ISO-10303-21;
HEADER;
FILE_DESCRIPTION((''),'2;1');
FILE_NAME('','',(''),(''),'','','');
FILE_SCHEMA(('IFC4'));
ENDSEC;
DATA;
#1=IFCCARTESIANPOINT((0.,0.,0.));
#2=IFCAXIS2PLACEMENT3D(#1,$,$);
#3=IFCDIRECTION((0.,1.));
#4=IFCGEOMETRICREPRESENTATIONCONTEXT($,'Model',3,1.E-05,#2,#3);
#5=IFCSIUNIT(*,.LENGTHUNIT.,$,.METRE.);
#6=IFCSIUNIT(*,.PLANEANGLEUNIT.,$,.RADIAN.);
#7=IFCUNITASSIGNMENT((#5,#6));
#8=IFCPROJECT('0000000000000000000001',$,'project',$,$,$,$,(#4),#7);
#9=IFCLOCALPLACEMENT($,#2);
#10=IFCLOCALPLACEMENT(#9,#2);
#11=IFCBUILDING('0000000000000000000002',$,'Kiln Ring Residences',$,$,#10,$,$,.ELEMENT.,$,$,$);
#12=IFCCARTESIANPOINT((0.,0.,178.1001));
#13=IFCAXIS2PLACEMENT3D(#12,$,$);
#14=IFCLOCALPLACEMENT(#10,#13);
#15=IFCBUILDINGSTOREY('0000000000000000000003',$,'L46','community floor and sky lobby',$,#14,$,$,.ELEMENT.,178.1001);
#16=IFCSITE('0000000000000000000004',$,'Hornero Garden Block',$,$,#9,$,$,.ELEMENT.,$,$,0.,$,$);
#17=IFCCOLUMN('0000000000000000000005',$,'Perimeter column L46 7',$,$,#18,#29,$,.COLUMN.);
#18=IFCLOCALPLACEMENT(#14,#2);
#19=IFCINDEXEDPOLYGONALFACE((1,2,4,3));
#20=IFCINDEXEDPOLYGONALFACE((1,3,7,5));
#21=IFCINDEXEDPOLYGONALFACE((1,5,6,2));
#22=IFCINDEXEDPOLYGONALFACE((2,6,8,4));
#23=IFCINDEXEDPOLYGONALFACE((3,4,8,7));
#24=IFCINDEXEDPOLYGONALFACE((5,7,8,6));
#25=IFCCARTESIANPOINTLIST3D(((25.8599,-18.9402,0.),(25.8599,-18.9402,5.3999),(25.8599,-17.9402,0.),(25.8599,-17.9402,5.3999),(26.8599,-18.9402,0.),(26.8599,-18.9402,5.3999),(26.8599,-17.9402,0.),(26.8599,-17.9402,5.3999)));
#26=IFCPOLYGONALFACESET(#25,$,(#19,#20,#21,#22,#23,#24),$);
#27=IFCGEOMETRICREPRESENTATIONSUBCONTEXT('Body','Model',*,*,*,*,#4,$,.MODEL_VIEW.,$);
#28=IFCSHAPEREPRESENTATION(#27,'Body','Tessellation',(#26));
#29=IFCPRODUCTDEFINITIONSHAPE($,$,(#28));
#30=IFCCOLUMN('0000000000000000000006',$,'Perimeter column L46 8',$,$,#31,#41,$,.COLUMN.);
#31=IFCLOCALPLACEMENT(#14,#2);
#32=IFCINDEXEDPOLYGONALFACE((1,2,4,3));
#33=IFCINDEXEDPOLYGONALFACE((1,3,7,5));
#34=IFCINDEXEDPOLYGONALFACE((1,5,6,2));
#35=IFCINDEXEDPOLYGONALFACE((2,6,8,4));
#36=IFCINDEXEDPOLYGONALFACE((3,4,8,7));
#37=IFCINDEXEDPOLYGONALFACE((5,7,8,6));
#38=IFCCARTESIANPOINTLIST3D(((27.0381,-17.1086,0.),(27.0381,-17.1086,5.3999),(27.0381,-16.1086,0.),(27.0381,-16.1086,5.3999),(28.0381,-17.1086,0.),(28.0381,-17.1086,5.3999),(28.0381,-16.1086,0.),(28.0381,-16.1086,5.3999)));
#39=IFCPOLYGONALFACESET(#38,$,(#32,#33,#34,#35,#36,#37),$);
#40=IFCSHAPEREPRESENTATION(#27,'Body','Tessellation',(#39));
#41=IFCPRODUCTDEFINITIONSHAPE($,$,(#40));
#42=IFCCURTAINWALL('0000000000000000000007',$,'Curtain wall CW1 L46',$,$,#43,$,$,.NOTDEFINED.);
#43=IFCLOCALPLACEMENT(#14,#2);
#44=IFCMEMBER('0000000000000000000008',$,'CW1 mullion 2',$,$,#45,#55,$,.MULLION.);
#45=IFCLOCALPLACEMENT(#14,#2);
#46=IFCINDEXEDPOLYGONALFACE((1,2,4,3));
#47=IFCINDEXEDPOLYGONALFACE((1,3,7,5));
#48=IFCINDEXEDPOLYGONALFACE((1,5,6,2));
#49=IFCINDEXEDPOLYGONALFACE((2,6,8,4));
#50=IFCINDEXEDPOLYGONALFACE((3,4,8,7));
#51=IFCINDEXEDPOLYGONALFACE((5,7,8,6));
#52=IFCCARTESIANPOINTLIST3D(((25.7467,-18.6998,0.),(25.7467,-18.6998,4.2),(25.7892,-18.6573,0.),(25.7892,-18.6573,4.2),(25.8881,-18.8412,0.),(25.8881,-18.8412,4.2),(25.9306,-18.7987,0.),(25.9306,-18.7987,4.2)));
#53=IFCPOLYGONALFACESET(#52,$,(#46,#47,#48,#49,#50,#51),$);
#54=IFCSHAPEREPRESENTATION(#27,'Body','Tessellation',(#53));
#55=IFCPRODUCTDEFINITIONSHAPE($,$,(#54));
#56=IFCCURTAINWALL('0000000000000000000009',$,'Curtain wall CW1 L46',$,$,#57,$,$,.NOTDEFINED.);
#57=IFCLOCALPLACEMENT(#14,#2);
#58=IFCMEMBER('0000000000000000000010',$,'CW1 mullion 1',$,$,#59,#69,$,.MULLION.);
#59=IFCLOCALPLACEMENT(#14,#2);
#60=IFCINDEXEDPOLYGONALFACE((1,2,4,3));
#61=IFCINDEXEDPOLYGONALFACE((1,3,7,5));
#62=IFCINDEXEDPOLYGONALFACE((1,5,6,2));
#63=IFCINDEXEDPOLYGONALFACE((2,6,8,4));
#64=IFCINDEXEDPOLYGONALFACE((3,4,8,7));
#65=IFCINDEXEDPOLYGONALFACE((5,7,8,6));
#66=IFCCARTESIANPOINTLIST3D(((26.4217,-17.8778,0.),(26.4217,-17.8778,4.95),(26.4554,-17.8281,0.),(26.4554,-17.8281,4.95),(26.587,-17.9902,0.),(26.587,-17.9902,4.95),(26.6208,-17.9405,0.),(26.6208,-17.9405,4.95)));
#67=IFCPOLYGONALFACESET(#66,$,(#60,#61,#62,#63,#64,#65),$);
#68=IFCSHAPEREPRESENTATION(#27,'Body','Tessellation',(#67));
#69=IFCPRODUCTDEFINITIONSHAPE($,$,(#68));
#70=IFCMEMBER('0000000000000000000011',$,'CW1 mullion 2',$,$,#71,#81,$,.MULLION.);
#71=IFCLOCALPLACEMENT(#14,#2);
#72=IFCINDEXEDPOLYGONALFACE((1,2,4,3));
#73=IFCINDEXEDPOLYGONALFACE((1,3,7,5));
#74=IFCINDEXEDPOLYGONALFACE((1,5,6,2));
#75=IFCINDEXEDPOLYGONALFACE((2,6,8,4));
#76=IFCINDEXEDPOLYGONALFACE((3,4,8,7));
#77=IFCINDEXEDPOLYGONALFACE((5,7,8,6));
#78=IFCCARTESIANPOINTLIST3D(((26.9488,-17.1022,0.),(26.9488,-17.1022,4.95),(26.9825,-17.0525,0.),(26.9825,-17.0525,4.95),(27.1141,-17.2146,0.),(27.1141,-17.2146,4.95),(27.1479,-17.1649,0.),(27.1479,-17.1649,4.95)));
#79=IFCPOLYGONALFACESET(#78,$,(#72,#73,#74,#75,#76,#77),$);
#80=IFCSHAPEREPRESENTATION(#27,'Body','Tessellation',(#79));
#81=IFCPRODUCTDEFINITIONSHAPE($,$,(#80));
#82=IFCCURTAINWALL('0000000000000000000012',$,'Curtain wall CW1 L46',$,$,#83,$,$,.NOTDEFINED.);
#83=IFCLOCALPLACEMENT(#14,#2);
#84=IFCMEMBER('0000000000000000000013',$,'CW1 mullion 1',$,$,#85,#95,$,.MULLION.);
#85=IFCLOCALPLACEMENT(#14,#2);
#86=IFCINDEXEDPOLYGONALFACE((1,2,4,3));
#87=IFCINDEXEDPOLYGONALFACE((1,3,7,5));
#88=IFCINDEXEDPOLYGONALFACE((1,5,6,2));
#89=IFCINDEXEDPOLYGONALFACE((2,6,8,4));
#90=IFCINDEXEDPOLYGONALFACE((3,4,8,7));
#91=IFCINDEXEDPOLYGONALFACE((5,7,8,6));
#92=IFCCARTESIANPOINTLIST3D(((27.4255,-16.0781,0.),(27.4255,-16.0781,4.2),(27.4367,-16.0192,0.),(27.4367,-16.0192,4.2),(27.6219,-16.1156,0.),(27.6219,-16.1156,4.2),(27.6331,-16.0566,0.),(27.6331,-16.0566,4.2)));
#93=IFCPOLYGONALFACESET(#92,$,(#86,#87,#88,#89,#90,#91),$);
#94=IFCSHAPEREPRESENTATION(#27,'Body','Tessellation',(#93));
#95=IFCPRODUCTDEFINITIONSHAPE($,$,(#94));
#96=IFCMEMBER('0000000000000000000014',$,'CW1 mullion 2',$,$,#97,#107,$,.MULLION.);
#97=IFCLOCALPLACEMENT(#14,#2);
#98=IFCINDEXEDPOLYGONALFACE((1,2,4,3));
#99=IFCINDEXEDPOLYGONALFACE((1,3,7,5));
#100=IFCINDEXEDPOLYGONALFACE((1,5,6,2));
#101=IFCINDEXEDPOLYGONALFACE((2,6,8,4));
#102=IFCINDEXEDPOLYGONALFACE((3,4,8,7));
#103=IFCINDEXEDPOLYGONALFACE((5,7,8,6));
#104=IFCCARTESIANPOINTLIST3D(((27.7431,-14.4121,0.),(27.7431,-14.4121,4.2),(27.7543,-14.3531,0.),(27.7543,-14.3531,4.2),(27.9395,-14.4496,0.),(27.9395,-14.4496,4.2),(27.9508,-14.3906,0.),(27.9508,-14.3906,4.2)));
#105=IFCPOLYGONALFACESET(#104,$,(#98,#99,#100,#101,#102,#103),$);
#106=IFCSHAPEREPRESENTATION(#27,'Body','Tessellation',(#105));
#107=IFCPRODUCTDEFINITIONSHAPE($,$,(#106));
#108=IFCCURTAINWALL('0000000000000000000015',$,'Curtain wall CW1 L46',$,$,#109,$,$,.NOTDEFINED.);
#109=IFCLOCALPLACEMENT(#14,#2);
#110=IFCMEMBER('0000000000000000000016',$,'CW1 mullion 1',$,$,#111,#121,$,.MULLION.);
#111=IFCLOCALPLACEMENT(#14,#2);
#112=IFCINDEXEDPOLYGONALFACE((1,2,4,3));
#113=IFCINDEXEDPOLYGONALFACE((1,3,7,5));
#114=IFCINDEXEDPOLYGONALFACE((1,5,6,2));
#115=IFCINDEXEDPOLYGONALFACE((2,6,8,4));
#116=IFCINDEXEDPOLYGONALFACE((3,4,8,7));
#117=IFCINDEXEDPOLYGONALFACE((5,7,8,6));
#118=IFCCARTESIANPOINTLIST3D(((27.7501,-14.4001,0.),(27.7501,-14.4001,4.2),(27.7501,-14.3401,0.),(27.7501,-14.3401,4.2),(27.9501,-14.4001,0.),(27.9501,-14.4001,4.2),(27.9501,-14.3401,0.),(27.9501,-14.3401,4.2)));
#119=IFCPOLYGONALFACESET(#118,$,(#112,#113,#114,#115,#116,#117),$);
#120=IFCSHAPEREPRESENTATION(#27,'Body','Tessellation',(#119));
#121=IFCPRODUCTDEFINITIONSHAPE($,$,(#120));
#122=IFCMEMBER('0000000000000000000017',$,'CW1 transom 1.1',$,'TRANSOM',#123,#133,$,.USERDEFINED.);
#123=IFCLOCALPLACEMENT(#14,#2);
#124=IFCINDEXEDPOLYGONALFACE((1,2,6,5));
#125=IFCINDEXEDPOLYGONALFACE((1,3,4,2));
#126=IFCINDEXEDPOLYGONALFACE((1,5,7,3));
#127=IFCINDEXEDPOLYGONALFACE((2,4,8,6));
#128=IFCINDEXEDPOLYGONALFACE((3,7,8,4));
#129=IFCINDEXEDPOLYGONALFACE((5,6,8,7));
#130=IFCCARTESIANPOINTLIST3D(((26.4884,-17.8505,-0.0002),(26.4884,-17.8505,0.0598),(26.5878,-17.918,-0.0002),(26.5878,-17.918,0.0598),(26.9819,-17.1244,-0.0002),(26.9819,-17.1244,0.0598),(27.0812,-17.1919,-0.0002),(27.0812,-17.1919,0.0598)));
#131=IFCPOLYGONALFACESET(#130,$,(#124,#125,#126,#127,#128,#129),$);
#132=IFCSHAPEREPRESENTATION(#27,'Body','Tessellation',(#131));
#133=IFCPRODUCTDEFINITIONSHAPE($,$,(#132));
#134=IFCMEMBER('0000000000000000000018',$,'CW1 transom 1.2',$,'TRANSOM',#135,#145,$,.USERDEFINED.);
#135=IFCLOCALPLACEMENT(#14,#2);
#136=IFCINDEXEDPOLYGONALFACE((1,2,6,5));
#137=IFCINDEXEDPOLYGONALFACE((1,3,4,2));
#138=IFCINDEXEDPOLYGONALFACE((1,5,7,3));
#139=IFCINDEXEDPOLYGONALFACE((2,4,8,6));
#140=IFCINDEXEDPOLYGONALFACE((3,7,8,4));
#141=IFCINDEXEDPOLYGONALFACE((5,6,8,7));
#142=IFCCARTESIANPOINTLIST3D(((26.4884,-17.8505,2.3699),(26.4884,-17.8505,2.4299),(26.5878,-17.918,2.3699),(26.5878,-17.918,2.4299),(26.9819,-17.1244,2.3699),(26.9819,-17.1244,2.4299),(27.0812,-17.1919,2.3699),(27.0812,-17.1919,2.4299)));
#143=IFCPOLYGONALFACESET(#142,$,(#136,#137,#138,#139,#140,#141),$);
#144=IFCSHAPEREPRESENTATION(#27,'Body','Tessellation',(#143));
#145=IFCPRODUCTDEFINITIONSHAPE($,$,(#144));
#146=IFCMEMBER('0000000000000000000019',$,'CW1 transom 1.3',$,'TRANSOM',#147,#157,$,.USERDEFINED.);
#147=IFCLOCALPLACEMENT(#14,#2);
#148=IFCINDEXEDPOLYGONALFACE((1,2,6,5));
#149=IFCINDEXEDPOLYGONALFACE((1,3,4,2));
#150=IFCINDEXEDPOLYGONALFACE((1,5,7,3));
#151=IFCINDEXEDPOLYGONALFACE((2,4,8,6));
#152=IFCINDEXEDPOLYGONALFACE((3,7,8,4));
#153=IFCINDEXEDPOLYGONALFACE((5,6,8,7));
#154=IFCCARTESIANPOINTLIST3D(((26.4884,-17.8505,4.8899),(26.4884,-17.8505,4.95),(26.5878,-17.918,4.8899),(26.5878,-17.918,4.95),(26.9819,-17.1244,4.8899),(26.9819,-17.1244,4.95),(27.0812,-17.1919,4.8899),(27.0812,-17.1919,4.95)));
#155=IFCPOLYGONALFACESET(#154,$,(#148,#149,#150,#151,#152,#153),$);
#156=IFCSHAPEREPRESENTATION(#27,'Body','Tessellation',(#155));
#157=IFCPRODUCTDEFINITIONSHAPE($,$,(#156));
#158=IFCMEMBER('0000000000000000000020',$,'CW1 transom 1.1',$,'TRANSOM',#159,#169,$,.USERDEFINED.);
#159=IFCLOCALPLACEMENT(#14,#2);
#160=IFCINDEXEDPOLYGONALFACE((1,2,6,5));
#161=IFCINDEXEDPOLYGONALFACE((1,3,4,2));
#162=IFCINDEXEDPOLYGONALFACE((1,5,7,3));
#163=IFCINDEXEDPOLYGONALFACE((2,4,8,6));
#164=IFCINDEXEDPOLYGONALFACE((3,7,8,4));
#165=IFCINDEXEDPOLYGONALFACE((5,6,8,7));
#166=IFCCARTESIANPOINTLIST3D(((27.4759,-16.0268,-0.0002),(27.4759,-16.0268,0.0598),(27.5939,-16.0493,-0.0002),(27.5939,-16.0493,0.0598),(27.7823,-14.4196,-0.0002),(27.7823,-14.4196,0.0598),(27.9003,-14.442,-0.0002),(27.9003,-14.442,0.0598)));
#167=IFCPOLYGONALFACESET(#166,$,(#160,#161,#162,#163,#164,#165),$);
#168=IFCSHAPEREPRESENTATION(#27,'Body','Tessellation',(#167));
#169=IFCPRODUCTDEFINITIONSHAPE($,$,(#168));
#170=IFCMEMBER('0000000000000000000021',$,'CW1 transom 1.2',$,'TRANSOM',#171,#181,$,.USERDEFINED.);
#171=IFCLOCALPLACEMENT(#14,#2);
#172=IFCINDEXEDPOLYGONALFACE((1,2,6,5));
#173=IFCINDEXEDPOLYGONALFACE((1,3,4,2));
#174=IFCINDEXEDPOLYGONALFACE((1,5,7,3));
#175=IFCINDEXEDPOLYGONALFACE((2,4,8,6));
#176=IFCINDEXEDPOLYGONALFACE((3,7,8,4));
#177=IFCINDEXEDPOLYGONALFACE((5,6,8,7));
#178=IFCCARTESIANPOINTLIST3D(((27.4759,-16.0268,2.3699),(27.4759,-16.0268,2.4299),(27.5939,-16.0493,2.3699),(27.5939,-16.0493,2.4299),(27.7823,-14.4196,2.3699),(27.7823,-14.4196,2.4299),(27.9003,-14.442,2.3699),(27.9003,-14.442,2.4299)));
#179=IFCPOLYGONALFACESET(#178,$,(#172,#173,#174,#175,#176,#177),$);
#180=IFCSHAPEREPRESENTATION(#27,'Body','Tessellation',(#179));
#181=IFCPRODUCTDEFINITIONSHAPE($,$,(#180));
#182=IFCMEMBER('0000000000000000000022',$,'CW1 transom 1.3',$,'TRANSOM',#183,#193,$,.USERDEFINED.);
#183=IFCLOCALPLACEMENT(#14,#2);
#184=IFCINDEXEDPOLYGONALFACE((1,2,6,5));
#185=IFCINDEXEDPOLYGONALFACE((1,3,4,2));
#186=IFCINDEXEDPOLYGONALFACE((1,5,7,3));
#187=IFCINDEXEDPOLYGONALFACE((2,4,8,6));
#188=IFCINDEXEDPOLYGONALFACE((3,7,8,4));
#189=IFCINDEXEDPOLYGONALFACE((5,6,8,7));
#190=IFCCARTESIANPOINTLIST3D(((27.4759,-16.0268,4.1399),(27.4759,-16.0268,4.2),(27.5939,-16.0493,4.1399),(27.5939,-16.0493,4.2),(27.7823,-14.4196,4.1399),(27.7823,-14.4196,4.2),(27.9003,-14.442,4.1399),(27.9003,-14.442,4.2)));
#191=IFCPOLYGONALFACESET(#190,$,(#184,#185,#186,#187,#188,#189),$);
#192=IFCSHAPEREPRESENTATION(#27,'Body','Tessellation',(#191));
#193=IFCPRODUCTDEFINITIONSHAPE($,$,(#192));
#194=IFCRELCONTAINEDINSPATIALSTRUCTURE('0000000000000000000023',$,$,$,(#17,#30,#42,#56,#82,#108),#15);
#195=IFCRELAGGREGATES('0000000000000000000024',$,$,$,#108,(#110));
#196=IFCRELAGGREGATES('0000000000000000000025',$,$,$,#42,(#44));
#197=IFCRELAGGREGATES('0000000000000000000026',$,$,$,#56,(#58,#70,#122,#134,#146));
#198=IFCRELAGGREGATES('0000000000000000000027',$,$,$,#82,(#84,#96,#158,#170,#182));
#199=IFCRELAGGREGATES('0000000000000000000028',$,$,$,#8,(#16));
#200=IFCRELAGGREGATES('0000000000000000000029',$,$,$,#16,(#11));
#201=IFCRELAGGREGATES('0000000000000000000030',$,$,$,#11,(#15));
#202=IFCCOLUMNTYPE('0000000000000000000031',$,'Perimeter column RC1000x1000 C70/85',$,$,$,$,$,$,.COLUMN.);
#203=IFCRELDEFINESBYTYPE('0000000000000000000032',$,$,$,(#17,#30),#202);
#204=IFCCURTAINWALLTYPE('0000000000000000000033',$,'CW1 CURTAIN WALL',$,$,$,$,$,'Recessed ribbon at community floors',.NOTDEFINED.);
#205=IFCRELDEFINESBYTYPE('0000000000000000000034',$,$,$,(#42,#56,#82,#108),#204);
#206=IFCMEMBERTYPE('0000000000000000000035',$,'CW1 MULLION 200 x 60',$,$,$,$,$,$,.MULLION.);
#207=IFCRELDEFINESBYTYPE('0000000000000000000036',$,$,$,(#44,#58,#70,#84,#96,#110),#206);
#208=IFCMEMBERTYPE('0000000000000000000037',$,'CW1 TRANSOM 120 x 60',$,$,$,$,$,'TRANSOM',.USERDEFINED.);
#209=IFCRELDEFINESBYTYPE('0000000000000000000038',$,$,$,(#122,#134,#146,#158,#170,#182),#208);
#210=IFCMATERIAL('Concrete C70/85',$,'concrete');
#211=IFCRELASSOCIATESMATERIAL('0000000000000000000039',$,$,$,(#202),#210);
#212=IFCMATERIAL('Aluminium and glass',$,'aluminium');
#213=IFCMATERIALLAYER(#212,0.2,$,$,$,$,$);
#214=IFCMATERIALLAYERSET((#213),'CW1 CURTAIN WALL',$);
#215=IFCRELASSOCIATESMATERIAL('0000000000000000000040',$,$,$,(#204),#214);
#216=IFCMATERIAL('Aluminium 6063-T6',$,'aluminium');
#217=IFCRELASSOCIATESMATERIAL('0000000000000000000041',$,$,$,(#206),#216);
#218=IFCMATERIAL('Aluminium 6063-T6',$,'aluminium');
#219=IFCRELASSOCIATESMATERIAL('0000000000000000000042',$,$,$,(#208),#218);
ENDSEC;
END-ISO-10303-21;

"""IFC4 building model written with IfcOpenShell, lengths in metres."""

from ifc_helpers import new_model, si_unit, direction, frame, origin, origin_2d, place, context, subcontext, project, spatial, rectangle, extrude, material, layer, layer_set, material_profile, profile_set, type_object, element, aggregate, save


model = new_model("IFC4")

# Units and contexts
model_context = context("Model", 3, precision=1e-05, world=origin(), true_north=direction((0.0, 1.0)))
body_context = subcontext(model_context, "Body", "Model", "MODEL_VIEW")
ifc_project = project(units=[si_unit("LENGTHUNIT", "METRE"), si_unit("PLANEANGLEUNIT", "RADIAN")], contexts=[model_context])

# Site, building, storey
site_placement = place(None, origin())
site = spatial("IfcSite", under=ifc_project, at=site_placement, Name="Hornero Garden Block", CompositionType="ELEMENT", RefElevation=0.0)
building_placement = place(site_placement, origin())
building = spatial("IfcBuilding", under=site, at=building_placement, Name="Kiln Ring Residences", CompositionType="ELEMENT")
storey_placement = place(building_placement, frame((0.0, 0.0, 178.1001)))
storey = spatial("IfcBuildingStorey", under=building, at=storey_placement, Name="L46", Description="community floor and sky lobby", CompositionType="ELEMENT", Elevation=178.1001)

# Columns
ifc_material_1 = material(Name="Concrete C70/85", Category="concrete")
ifc_material_profile_1 = material_profile(ifc_material_1, rectangle(XDim=1.0, YDim=1.0, at=origin_2d()), Name="RC1000x1000")
ifc_profile_set_1 = profile_set([ifc_material_profile_1], Name="Concrete C70/85")
column_type = type_object("IfcColumnType", Name="Perimeter column RC1000x1000 C70/85", PredefinedType="COLUMN", material=ifc_profile_set_1)
for number, where, z_axis, x_axis, name in (
    (1, (26.3599, -18.4402, 0.0), (0.0, 0.0, 1.0), (1.0, 0.0, 0.0), "Perimeter column L46 7"),
    (2, (27.5381, -16.6086, 0.0), (0.0, 0.0, 1.0), (1.0, 0.0, 0.0), "Perimeter column L46 8"),
):
    element("IfcColumn", number, at=place(storey_placement, frame(where, z_axis=z_axis, x_axis=x_axis)), inside=storey, type_object=column_type, Name=name, PredefinedType="COLUMN", context=body_context, shape_type="SweptSolid", body=[
        extrude(rectangle(XDim=1.0, YDim=1.0, at=origin_2d()), origin(), (0.0, 0.0, 1.0), 5.3999),
    ])

# Curtain wall, member
ifc_material_2 = material(Name="Aluminium and glass", Category="aluminium")
ifc_layer_1 = layer(ifc_material_2, 0.2)
ifc_layer_set_1 = layer_set([ifc_layer_1], Name="CW1 CURTAIN WALL")
curtain_wall_type = type_object("IfcCurtainWallType", Name="CW1 CURTAIN WALL", ElementType="Recessed ribbon at community floors", PredefinedType="NOTDEFINED", material=ifc_layer_set_1)
placement = place(storey_placement, origin())
curtain_wall_1 = element("IfcCurtainWall", 3, at=placement, inside=storey, type_object=curtain_wall_type, Name="Curtain wall CW1 L46", PredefinedType="NOTDEFINED")
ifc_material_3 = material(Name="Aluminium 6063-T6", Category="aluminium")
ifc_material_profile_2 = material_profile(ifc_material_3, rectangle(XDim=0.2, YDim=0.0601, at=origin_2d()), Name="AL 200x60")
ifc_profile_set_2 = profile_set([ifc_material_profile_2], Name="Aluminium 6063-T6")
member_type_1 = type_object("IfcMemberType", Name="CW1 MULLION 200 x 60", PredefinedType="MULLION", material=ifc_profile_set_2)
member_1_placement = place(storey_placement, frame((25.8386, -18.7493, 0.0), z_axis=(0.0, 0.0, 1.0), x_axis=(-0.707107, 0.707107, 0.0)))
member_1 = element("IfcMember", 4, at=member_1_placement, type_object=member_type_1, Name="CW1 mullion 2", PredefinedType="MULLION", context=body_context, shape_type="SweptSolid", body=[
    extrude(rectangle(XDim=0.2, YDim=0.0601, at=origin_2d()), origin(), (0.0, 0.0, 1.0), 4.2),
])

# Curtain walls, members
curtain_wall_2 = element("IfcCurtainWall", 5, at=placement, inside=storey, type_object=curtain_wall_type, Name="Curtain wall CW1 L46", PredefinedType="NOTDEFINED")
member_2_placement = place(storey_placement, frame((26.5212, -17.9092, 0.0), z_axis=(0.0, 0.0, 1.0), x_axis=(-0.827072, 0.562097, 0.0)))
member_2 = element("IfcMember", 6, at=member_2_placement, type_object=member_type_1, Name="CW1 mullion 1", PredefinedType="MULLION", context=body_context, shape_type="SweptSolid", body=[
    extrude(rectangle(XDim=0.2, YDim=0.0601, at=origin_2d()), origin(), (0.0, 0.0, 1.0), 4.95),
])
member_3_placement = place(storey_placement, frame((27.0483, -17.1335, 0.0), z_axis=(0.0, 0.0, 1.0), x_axis=(-0.827072, 0.562097, 0.0)))
member_3 = element("IfcMember", 7, at=member_3_placement, type_object=member_type_1, Name="CW1 mullion 2", PredefinedType="MULLION", context=body_context, shape_type="SweptSolid", body=[
    extrude(rectangle(XDim=0.2, YDim=0.0601, at=origin_2d()), origin(), (0.0, 0.0, 1.0), 4.95),
])
curtain_wall_3 = element("IfcCurtainWall", 8, at=placement, inside=storey, type_object=curtain_wall_type, Name="Curtain wall CW1 L46", PredefinedType="NOTDEFINED")
member_4_placement = place(storey_placement, frame((27.5293, -16.0674, 0.0), z_axis=(0.0, 0.0, 1.0), x_axis=(-0.98229, 0.187366, 0.0)))
member_4 = element("IfcMember", 9, at=member_4_placement, type_object=member_type_1, Name="CW1 mullion 1", PredefinedType="MULLION", context=body_context, shape_type="SweptSolid", body=[
    extrude(rectangle(XDim=0.2, YDim=0.0601, at=origin_2d()), origin(), (0.0, 0.0, 1.0), 4.2),
])
member_5_placement = place(storey_placement, frame((27.8469, -14.4014, 0.0), z_axis=(0.0, 0.0, 1.0), x_axis=(-0.98229, 0.187366, 0.0)))
member_5 = element("IfcMember", 10, at=member_5_placement, type_object=member_type_1, Name="CW1 mullion 2", PredefinedType="MULLION", context=body_context, shape_type="SweptSolid", body=[
    extrude(rectangle(XDim=0.2, YDim=0.0601, at=origin_2d()), origin(), (0.0, 0.0, 1.0), 4.2),
])

# Curtain wall, member
curtain_wall_4 = element("IfcCurtainWall", 11, at=placement, inside=storey, type_object=curtain_wall_type, Name="Curtain wall CW1 L46", PredefinedType="NOTDEFINED")
member_6_placement = place(storey_placement, frame((27.8501, -14.3701, 0.0), z_axis=(0.0, 0.0, 1.0), x_axis=(-1.0, 0.0, 0.0)))
member_6 = element("IfcMember", 12, at=member_6_placement, type_object=member_type_1, Name="CW1 mullion 1", PredefinedType="MULLION", context=body_context, shape_type="SweptSolid", body=[
    extrude(rectangle(XDim=0.2, YDim=0.0601, at=origin_2d()), origin(), (0.0, 0.0, 1.0), 4.2),
])

# Members
ifc_material_4 = material(Name="Aluminium 6063-T6", Category="aluminium")
ifc_material_profile_3 = material_profile(ifc_material_4, rectangle(XDim=0.1201, YDim=0.0601, at=origin_2d()), Name="AL 120x60")
ifc_profile_set_3 = profile_set([ifc_material_profile_3], Name="Aluminium 6063-T6")
member_type_2 = type_object("IfcMemberType", Name="CW1 TRANSOM 120 x 60", ElementType="TRANSOM", PredefinedType="USERDEFINED", material=ifc_profile_set_3)
member_7_placement = place(storey_placement, frame((26.5381, -17.8843, 0.0298), z_axis=(0.562059, 0.827097, 0.0), x_axis=(-0.827097, 0.562059, 0.0)))
member_7 = element("IfcMember", 13, at=member_7_placement, type_object=member_type_2, Name="CW1 transom 1.1", ObjectType="TRANSOM", PredefinedType="USERDEFINED", context=body_context, shape_type="SweptSolid", body=[
    extrude(rectangle(XDim=0.1201, YDim=0.0601, at=origin_2d()), origin(), (0.0, 0.0, 1.0), 0.8779),
])
member_8_placement = place(storey_placement, frame((26.5381, -17.8843, 2.3999), z_axis=(0.562059, 0.827097, 0.0), x_axis=(-0.827097, 0.562059, 0.0)))
member_8 = element("IfcMember", 14, at=member_8_placement, type_object=member_type_2, Name="CW1 transom 1.2", ObjectType="TRANSOM", PredefinedType="USERDEFINED", context=body_context, shape_type="SweptSolid", body=[
    extrude(rectangle(XDim=0.1201, YDim=0.0601, at=origin_2d()), origin(), (0.0, 0.0, 1.0), 0.8779),
])
member_9_placement = place(storey_placement, frame((26.5381, -17.8843, 4.9199), z_axis=(0.562059, 0.827097, 0.0), x_axis=(-0.827097, 0.562059, 0.0)))
member_9 = element("IfcMember", 15, at=member_9_placement, type_object=member_type_2, Name="CW1 transom 1.3", ObjectType="TRANSOM", PredefinedType="USERDEFINED", context=body_context, shape_type="SweptSolid", body=[
    extrude(rectangle(XDim=0.1201, YDim=0.0601, at=origin_2d()), origin(), (0.0, 0.0, 1.0), 0.8779),
])
member_10_placement = place(storey_placement, frame((27.5349, -16.0381, 0.0298), z_axis=(0.18727, 0.982309, 0.0), x_axis=(-0.982309, 0.18727, 0.0)))
member_10 = element("IfcMember", 16, at=member_10_placement, type_object=member_type_2, Name="CW1 transom 1.1", ObjectType="TRANSOM", PredefinedType="USERDEFINED", context=body_context, shape_type="SweptSolid", body=[
    extrude(rectangle(XDim=0.1201, YDim=0.0601, at=origin_2d()), origin(), (0.0, 0.0, 1.0), 1.6362),
])
member_11_placement = place(storey_placement, frame((27.5349, -16.0381, 2.3999), z_axis=(0.18727, 0.982309, 0.0), x_axis=(-0.982309, 0.18727, 0.0)))
member_11 = element("IfcMember", 17, at=member_11_placement, type_object=member_type_2, Name="CW1 transom 1.2", ObjectType="TRANSOM", PredefinedType="USERDEFINED", context=body_context, shape_type="SweptSolid", body=[
    extrude(rectangle(XDim=0.1201, YDim=0.0601, at=origin_2d()), origin(), (0.0, 0.0, 1.0), 1.6362),
])
member_12_placement = place(storey_placement, frame((27.5349, -16.0381, 4.1699), z_axis=(0.18727, 0.982309, 0.0), x_axis=(-0.982309, 0.18727, 0.0)))
member_12 = element("IfcMember", 18, at=member_12_placement, type_object=member_type_2, Name="CW1 transom 1.3", ObjectType="TRANSOM", PredefinedType="USERDEFINED", context=body_context, shape_type="SweptSolid", body=[
    extrude(rectangle(XDim=0.1201, YDim=0.0601, at=origin_2d()), origin(), (0.0, 0.0, 1.0), 1.6362),
])
aggregate(curtain_wall_4, [member_6])

aggregate(curtain_wall_1, [member_1])
aggregate(curtain_wall_2, [member_2, member_3, member_7, member_8, member_9])
aggregate(curtain_wall_3, [member_4, member_5, member_10, member_11, member_12])

save(model, "model.ifc")
